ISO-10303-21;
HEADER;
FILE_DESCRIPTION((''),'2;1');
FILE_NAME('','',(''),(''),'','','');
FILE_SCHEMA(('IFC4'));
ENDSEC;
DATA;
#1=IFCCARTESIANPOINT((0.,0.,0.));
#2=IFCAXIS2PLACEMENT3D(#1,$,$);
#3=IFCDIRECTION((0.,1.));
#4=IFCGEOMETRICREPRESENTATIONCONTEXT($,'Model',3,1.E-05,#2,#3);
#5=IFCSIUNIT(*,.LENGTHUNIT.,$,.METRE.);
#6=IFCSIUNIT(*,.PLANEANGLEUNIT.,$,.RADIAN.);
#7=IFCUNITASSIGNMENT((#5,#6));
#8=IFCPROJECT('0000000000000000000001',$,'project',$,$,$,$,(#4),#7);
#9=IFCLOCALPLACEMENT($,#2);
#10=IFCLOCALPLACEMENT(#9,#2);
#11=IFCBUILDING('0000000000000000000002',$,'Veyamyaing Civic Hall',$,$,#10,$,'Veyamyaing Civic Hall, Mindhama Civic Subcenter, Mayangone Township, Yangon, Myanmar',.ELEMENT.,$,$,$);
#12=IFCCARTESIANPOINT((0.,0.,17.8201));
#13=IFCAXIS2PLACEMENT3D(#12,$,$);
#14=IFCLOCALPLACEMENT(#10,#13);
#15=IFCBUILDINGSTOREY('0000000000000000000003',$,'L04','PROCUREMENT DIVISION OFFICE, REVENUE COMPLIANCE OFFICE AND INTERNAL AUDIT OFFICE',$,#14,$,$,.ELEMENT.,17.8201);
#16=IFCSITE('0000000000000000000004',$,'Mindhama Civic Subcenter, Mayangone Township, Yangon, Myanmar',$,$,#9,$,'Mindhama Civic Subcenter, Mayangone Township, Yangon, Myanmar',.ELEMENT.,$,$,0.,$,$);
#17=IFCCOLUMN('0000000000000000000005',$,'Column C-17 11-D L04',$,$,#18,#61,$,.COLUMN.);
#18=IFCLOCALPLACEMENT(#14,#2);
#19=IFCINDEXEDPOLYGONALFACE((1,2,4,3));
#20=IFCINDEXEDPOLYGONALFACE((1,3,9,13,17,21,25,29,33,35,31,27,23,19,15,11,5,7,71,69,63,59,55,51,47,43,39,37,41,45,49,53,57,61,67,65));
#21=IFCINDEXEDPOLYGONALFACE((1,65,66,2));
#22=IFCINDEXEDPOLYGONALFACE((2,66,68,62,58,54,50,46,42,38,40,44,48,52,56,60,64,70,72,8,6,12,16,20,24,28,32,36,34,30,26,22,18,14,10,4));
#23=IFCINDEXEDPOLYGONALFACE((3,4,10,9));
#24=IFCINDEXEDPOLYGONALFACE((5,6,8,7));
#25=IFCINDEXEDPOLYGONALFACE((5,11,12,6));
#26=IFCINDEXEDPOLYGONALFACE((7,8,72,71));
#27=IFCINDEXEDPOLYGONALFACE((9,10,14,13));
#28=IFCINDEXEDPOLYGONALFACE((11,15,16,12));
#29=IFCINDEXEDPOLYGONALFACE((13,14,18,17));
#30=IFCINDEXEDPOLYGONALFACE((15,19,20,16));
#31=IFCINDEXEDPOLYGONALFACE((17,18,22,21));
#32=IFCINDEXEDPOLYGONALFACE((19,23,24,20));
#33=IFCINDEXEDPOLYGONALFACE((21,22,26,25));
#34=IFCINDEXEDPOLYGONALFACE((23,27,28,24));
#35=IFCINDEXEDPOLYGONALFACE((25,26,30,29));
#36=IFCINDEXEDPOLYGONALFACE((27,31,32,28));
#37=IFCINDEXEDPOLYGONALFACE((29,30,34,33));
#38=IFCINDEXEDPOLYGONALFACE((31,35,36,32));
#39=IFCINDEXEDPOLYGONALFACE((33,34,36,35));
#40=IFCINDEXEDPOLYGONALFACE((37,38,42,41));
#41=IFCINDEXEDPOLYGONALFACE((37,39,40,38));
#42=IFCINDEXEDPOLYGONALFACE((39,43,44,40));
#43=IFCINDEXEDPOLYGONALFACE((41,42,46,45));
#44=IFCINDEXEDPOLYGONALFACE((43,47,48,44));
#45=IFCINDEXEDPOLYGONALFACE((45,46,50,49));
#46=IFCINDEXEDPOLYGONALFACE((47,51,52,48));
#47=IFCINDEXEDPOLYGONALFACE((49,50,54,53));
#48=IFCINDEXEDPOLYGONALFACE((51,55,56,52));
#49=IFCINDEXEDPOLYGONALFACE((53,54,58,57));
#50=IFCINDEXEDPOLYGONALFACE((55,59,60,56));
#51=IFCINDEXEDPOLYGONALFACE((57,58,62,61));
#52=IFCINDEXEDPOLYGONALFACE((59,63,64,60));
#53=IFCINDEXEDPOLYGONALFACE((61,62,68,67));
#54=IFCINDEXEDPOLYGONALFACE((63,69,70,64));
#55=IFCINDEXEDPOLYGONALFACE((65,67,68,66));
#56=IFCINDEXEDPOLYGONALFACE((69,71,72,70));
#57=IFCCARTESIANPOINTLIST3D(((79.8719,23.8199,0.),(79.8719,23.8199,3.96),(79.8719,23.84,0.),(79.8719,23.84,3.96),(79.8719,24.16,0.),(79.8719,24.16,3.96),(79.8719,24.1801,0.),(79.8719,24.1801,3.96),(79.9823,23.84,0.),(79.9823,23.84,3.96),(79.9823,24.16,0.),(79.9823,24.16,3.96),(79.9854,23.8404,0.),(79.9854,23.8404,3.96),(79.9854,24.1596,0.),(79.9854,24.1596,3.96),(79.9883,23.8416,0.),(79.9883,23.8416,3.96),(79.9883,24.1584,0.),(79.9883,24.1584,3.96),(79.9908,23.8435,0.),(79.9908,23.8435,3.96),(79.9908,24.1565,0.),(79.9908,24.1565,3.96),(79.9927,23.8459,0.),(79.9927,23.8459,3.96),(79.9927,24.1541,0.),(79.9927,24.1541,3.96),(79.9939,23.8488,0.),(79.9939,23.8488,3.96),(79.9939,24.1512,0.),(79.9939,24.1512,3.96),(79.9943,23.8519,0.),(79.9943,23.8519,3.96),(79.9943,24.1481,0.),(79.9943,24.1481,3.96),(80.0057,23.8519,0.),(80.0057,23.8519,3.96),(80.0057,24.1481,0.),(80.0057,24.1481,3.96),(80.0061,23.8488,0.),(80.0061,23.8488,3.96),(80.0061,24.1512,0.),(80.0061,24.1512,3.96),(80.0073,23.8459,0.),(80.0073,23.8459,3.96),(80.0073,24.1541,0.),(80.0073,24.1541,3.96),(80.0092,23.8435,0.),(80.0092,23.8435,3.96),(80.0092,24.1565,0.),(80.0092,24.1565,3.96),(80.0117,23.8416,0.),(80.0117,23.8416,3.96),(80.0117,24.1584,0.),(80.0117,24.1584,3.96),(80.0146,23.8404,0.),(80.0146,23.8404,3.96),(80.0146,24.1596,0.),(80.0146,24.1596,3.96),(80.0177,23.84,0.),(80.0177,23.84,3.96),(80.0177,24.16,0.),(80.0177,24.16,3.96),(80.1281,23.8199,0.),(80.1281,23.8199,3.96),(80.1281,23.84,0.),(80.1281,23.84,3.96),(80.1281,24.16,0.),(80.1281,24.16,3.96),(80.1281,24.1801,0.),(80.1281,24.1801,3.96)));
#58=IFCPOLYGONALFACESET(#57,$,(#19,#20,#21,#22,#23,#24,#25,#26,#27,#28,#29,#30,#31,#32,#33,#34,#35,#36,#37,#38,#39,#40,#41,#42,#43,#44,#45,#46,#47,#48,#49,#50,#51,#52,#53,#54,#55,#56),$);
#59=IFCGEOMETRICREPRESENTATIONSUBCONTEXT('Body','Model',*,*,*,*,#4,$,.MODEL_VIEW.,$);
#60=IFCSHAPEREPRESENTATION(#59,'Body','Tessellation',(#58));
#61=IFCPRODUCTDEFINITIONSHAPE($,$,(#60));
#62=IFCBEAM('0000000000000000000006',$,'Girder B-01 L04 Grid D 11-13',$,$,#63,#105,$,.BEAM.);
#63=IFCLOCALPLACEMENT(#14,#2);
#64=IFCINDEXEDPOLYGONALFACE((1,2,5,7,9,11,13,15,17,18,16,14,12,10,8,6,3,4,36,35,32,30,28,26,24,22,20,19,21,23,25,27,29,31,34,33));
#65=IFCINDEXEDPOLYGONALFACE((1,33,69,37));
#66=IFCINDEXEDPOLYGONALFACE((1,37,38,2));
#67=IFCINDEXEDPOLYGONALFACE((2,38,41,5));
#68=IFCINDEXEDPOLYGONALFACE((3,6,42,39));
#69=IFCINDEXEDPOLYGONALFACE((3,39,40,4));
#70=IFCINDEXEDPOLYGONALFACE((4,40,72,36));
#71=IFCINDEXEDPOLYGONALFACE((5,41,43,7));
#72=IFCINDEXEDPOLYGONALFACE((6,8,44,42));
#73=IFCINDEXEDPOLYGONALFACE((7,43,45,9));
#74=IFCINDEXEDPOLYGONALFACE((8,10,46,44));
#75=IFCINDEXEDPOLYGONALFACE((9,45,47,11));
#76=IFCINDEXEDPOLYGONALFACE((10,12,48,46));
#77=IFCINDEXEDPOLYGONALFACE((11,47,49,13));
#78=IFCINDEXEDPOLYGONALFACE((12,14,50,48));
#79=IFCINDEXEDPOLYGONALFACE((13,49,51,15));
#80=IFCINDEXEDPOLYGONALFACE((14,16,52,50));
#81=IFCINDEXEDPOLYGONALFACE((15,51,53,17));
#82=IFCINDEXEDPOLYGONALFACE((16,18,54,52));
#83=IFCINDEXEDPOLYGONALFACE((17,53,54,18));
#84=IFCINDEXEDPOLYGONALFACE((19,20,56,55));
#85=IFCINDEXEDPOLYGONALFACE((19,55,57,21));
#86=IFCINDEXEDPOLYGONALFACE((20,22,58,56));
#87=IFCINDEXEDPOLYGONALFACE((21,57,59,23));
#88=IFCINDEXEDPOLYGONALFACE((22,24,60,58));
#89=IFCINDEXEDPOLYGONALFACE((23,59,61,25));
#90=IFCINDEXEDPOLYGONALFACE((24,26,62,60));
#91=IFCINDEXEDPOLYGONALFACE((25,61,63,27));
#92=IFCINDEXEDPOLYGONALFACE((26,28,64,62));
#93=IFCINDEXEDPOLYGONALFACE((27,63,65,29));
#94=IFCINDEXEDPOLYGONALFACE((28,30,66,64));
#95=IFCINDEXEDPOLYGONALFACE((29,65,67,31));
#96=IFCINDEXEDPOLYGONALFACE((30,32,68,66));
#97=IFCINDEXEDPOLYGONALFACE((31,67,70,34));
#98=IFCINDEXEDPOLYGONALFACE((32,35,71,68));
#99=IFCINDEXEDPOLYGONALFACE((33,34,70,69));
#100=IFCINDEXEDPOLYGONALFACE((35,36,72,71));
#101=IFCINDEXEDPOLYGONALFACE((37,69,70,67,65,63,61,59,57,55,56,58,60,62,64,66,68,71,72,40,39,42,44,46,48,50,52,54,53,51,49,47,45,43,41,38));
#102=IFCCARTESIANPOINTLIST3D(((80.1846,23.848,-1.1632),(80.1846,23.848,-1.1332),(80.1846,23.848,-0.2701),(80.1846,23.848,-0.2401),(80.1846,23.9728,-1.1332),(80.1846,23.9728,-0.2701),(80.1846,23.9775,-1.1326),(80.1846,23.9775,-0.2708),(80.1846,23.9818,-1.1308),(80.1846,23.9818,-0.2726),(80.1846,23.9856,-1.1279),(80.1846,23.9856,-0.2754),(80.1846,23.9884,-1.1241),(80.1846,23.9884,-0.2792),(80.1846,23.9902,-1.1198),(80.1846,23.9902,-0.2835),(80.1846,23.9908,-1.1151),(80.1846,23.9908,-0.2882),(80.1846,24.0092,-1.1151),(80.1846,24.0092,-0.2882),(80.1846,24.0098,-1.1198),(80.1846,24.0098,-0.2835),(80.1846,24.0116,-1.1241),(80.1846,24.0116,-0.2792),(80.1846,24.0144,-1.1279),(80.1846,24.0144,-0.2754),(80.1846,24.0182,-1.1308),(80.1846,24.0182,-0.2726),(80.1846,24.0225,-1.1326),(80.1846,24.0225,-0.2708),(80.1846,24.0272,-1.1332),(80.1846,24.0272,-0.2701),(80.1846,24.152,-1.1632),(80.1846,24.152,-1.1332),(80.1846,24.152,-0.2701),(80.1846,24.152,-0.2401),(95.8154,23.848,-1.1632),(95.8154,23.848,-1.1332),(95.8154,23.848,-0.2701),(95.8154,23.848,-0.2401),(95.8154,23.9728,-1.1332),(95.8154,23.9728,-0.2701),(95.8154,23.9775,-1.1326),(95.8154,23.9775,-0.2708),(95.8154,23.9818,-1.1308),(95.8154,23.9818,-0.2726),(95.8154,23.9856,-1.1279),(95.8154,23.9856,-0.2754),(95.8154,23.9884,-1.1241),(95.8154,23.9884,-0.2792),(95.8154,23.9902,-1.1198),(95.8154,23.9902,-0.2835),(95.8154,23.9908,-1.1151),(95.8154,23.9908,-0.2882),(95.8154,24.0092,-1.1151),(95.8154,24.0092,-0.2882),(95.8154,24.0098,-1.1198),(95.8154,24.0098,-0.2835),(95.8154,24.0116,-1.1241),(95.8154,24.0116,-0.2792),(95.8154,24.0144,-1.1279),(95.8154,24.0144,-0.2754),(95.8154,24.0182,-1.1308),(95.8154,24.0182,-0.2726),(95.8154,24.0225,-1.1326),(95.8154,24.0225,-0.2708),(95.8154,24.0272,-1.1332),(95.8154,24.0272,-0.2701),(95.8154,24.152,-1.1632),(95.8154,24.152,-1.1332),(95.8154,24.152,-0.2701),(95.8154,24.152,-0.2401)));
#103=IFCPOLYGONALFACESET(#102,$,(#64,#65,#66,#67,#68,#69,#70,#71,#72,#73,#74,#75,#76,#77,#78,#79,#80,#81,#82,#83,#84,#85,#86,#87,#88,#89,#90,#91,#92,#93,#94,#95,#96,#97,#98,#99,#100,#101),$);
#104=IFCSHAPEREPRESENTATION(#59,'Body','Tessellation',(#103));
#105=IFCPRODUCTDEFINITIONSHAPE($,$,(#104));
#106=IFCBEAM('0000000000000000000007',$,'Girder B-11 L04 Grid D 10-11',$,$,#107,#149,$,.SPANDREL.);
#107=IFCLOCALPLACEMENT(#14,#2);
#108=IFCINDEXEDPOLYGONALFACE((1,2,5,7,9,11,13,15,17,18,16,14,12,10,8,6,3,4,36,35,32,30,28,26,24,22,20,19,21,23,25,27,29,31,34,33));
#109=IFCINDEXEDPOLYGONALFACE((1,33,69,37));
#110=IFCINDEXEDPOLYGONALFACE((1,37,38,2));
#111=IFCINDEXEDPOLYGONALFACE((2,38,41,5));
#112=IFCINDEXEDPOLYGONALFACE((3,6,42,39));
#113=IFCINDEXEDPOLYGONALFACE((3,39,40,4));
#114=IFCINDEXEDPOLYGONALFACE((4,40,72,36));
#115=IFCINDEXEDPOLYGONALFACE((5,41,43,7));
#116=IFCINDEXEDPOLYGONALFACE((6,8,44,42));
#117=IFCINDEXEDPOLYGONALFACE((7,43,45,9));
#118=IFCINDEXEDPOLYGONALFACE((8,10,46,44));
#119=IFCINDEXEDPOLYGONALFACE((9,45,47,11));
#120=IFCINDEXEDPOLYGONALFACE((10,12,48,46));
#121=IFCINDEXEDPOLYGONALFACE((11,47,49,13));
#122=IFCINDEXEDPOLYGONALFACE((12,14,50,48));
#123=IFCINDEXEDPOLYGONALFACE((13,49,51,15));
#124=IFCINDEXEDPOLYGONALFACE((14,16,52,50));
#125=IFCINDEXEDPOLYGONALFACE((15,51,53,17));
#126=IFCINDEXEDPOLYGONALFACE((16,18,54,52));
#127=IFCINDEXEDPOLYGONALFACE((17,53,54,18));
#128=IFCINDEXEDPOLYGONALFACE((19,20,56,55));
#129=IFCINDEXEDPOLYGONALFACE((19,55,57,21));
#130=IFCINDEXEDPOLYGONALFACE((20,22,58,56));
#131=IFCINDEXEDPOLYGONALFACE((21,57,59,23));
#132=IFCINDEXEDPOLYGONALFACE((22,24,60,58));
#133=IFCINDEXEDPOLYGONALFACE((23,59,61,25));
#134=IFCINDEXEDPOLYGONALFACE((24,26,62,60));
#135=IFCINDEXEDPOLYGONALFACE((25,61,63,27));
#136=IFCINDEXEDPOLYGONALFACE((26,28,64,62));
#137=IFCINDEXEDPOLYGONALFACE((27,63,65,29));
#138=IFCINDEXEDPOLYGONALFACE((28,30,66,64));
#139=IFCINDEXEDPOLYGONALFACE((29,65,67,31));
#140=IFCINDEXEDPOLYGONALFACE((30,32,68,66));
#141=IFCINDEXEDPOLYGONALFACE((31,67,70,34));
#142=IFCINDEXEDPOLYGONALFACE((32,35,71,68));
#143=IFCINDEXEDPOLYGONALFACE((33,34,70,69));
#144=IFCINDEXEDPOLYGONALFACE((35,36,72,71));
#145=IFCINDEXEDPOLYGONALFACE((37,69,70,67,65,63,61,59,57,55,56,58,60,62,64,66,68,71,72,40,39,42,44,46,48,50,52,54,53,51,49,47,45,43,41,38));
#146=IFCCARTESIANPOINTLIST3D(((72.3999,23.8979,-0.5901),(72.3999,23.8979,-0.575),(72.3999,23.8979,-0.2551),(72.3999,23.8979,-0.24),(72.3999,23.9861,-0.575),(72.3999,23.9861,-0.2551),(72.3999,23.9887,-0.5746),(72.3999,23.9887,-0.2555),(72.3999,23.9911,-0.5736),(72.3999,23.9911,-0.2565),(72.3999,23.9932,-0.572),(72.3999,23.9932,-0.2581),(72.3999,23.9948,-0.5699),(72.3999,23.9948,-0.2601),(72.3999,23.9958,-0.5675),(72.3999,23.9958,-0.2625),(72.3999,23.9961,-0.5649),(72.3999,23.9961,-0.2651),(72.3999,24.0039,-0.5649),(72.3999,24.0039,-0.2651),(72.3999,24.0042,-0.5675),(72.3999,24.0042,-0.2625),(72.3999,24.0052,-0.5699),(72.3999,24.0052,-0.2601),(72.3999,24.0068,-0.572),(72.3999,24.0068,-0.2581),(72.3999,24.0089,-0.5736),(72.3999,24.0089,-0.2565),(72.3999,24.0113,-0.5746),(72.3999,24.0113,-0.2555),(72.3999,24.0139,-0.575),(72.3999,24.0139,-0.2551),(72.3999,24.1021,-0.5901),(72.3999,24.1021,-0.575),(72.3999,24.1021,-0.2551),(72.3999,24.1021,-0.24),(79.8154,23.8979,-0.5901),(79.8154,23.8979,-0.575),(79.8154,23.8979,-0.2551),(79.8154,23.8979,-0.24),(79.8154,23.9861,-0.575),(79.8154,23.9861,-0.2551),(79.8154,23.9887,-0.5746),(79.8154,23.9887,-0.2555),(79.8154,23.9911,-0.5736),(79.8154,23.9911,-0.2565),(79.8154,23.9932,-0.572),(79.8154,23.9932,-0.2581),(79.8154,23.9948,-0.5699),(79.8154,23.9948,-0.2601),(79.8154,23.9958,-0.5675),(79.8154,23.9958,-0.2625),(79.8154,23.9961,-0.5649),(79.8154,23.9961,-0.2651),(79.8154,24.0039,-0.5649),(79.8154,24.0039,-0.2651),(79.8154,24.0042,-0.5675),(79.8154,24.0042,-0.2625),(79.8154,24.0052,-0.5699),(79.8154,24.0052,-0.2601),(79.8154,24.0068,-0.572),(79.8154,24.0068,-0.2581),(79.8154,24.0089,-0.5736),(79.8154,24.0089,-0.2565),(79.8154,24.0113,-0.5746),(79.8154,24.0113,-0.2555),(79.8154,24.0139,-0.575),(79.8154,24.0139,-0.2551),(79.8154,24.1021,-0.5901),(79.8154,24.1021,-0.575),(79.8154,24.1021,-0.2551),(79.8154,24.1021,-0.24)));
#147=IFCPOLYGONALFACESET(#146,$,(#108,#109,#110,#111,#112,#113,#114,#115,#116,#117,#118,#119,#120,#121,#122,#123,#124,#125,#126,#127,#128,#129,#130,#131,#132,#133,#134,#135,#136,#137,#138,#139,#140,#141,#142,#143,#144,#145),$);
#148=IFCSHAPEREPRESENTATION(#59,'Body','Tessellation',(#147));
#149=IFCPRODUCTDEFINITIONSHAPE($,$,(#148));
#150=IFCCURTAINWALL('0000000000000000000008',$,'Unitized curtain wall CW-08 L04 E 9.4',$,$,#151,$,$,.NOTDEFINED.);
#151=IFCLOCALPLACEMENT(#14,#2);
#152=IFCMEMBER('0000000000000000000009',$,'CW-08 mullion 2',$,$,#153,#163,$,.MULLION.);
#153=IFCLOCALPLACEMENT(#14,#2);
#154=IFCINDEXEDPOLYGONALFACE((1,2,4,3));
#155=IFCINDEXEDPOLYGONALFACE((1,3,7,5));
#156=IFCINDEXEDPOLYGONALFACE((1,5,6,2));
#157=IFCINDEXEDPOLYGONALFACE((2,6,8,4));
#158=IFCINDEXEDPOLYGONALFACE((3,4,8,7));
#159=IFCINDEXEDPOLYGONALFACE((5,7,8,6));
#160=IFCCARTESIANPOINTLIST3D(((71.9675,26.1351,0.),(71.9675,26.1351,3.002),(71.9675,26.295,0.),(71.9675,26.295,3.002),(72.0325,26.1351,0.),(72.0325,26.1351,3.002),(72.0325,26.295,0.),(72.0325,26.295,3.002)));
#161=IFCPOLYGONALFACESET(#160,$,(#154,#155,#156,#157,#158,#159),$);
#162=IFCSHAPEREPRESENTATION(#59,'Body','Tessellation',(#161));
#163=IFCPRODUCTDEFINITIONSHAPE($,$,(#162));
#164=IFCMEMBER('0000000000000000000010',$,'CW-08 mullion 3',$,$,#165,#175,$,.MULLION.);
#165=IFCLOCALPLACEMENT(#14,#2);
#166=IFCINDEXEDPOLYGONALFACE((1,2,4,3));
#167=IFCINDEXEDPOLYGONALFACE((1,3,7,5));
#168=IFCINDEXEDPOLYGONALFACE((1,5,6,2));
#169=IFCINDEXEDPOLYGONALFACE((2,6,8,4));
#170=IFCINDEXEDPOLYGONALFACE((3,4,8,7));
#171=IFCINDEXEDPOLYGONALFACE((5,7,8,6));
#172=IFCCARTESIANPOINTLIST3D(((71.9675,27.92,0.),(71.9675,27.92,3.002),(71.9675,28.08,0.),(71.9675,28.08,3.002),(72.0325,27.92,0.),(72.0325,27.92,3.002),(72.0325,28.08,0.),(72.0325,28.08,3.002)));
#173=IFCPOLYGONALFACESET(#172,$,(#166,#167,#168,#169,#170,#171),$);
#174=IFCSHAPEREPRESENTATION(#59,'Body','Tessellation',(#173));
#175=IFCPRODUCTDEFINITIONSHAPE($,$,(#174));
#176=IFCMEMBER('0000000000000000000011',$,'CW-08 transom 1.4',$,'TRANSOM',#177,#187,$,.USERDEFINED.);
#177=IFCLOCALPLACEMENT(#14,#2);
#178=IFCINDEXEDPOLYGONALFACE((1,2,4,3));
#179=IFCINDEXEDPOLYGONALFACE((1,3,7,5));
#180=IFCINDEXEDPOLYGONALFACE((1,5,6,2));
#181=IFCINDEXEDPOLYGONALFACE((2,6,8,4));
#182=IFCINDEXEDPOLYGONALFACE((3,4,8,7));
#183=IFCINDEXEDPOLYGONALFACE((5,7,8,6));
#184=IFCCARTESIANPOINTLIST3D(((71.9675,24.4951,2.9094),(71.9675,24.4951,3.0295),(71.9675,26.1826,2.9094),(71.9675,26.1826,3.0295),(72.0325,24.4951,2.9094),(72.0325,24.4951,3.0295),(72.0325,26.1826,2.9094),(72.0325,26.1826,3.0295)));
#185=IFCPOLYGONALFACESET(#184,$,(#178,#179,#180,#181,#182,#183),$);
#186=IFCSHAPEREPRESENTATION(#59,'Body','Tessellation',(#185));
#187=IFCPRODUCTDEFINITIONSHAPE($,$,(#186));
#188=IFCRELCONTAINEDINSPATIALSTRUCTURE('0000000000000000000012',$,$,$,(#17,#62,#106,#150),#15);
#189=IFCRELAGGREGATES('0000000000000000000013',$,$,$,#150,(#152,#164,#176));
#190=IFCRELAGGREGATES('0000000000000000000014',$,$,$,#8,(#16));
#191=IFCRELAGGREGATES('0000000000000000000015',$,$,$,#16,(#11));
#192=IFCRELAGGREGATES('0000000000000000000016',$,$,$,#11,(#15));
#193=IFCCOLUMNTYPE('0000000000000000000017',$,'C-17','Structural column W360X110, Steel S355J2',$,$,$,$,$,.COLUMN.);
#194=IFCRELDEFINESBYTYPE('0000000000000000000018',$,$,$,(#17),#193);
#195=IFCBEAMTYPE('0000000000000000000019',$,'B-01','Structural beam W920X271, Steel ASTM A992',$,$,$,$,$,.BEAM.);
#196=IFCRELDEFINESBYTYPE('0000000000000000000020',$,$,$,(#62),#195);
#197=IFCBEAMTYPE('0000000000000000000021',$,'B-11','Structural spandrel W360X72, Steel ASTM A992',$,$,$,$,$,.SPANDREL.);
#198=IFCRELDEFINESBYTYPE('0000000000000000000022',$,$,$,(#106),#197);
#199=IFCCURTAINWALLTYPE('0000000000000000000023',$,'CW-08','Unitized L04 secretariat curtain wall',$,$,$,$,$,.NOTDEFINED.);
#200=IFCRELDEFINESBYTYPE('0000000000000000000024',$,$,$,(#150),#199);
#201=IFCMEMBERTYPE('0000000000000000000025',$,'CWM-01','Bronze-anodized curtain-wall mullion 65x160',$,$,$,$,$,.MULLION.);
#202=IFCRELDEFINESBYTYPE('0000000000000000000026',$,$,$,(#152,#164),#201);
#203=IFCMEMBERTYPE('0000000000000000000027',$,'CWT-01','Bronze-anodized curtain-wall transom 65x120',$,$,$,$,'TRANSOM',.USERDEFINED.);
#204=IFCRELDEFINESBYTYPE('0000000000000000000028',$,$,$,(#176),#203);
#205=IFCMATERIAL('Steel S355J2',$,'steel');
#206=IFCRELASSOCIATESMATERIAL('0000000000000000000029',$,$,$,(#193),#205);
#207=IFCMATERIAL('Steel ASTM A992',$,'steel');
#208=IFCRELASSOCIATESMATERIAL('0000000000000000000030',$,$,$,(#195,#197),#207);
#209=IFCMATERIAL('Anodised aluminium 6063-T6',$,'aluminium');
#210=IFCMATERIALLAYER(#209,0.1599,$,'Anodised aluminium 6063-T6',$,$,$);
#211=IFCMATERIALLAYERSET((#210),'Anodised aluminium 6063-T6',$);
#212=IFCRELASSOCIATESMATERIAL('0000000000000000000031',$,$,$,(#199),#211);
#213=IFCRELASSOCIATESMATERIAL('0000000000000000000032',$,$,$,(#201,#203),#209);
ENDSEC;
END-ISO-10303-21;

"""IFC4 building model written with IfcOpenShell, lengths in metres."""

from ifc_helpers import new_model, si_unit, direction, frame, origin, origin_2d, place, context, subcontext, project, spatial, rectangle, i_section, extrude, material, layer, layer_set, material_profile, profile_set, type_object, element, aggregate, save


model = new_model("IFC4")

# Units and contexts
model_context = context("Model", 3, precision=1e-05, world=origin(), true_north=direction((0.0, 1.0)))
body_context = subcontext(model_context, "Body", "Model", "MODEL_VIEW")
ifc_project = project(units=[si_unit("LENGTHUNIT", "METRE"), si_unit("PLANEANGLEUNIT", "RADIAN")], contexts=[model_context])

# Site, building, storey
site_placement = place(None, origin())
site = spatial("IfcSite", under=ifc_project, at=site_placement, Name="Mindhama Civic Subcenter, Mayangone Township, Yangon, Myanmar", LongName="Mindhama Civic Subcenter, Mayangone Township, Yangon, Myanmar", CompositionType="ELEMENT", RefElevation=0.0)
building_placement = place(site_placement, origin())
building = spatial("IfcBuilding", under=site, at=building_placement, Name="Veyamyaing Civic Hall", LongName="Veyamyaing Civic Hall, Mindhama Civic Subcenter, Mayangone Township, Yangon, Myanmar", CompositionType="ELEMENT")
storey_placement = place(building_placement, frame((0.0, 0.0, 17.8201)))
storey = spatial("IfcBuildingStorey", under=building, at=storey_placement, Name="L04", Description="PROCUREMENT DIVISION OFFICE, REVENUE COMPLIANCE OFFICE AND INTERNAL AUDIT OFFICE", CompositionType="ELEMENT", Elevation=17.8201)

# Column
ifc_material_1 = material(Name="Steel S355J2", Category="steel")
ifc_material_profile_1 = material_profile(ifc_material_1, i_section(OverallWidth=0.2561, OverallDepth=0.3601, WebThickness=0.0115, FlangeThickness=0.02, FilletRadius=0.012, at=origin_2d()), Name="W360X110")
ifc_profile_set_1 = profile_set([ifc_material_profile_1], Name="Steel S355J2")
column_type = type_object("IfcColumnType", Name="C-17", Description="Structural column W360X110, Steel S355J2", PredefinedType="COLUMN", material=ifc_profile_set_1)
column_placement = place(storey_placement, frame((80.0, 24.0, 0.0), z_axis=(0.0, 0.0, 1.0), x_axis=(1.0, 0.0, 0.0)))
element("IfcColumn", 1, at=column_placement, inside=storey, type_object=column_type, Name="Column C-17 11-D L04", PredefinedType="COLUMN", context=body_context, shape_type="SweptSolid", body=[
    extrude(i_section(OverallWidth=0.2561, OverallDepth=0.3601, WebThickness=0.0115, FlangeThickness=0.02, FilletRadius=0.012, at=origin_2d()), origin(), (0.0, 0.0, 1.0), 3.96),
])

# Beams
ifc_material_2 = material(Name="Steel ASTM A992", Category="steel")
ifc_material_profile_2 = material_profile(ifc_material_2, i_section(OverallWidth=0.304, OverallDepth=0.9231, WebThickness=0.0183, FlangeThickness=0.03, FilletRadius=0.0181, at=origin_2d()), Name="W920X271")
ifc_profile_set_2 = profile_set([ifc_material_profile_2], Name="Steel ASTM A992")
beam_type_1 = type_object("IfcBeamType", Name="B-01", Description="Structural beam W920X271, Steel ASTM A992", PredefinedType="BEAM", material=ifc_profile_set_2)
beam_1_placement = place(storey_placement, frame((80.1846, 24.0, -0.7017), z_axis=(1.0, 0.0, 0.0), x_axis=(0.0, 1.0, 0.0)))
element("IfcBeam", 2, at=beam_1_placement, inside=storey, type_object=beam_type_1, Name="Girder B-01 L04 Grid D 11-13", PredefinedType="BEAM", context=body_context, shape_type="SweptSolid", body=[
    extrude(i_section(OverallWidth=0.304, OverallDepth=0.9231, WebThickness=0.0183, FlangeThickness=0.03, FilletRadius=0.0181, at=origin_2d()), origin(), (0.0, 0.0, 1.0), 15.6309),
])
ifc_material_profile_3 = material_profile(ifc_material_2, i_section(OverallWidth=0.2041, OverallDepth=0.3501, WebThickness=0.0078, FlangeThickness=0.0151, FilletRadius=0.01, at=origin_2d()), Name="W360X72")
ifc_profile_set_3 = profile_set([ifc_material_profile_3], Name="Steel ASTM A992")
beam_type_2 = type_object("IfcBeamType", Name="B-11", Description="Structural spandrel W360X72, Steel ASTM A992", PredefinedType="SPANDREL", material=ifc_profile_set_3)
beam_2_placement = place(storey_placement, frame((72.3999, 24.0, -0.415), z_axis=(1.0, 0.0, 0.0), x_axis=(0.0, 1.0, 0.0)))
element("IfcBeam", 3, at=beam_2_placement, inside=storey, type_object=beam_type_2, Name="Girder B-11 L04 Grid D 10-11", PredefinedType="SPANDREL", context=body_context, shape_type="SweptSolid", body=[
    extrude(i_section(OverallWidth=0.2041, OverallDepth=0.3501, WebThickness=0.0078, FlangeThickness=0.0151, FilletRadius=0.01, at=origin_2d()), origin(), (0.0, 0.0, 1.0), 7.4155),
])

# Curtain wall, members
ifc_material_3 = material(Name="Anodised aluminium 6063-T6", Category="aluminium")
ifc_layer_1 = layer(ifc_material_3, 0.1599, Name="Anodised aluminium 6063-T6")
ifc_layer_set_1 = layer_set([ifc_layer_1], Name="Anodised aluminium 6063-T6")
curtain_wall_type = type_object("IfcCurtainWallType", Name="CW-08", Description="Unitized L04 secretariat curtain wall", PredefinedType="NOTDEFINED", material=ifc_layer_set_1)
curtain_wall_placement = place(storey_placement, origin())
curtain_wall = element("IfcCurtainWall", 4, at=curtain_wall_placement, inside=storey, type_object=curtain_wall_type, Name="Unitized curtain wall CW-08 L04 E 9.4", PredefinedType="NOTDEFINED")
ifc_material_profile_4 = material_profile(ifc_material_3, rectangle(XDim=0.0649, YDim=0.1599, at=origin_2d()), Name="ALU-MUL-65X160")
ifc_profile_set_4 = profile_set([ifc_material_profile_4], Name="Anodised aluminium 6063-T6")
member_type_1 = type_object("IfcMemberType", Name="CWM-01", Description="Bronze-anodized curtain-wall mullion 65x160", PredefinedType="MULLION", material=ifc_profile_set_4)
member_1_placement = place(storey_placement, frame((72.0, 26.2151, 0.0), z_axis=(0.0, 0.0, 1.0), x_axis=(-1.0, 0.0, 0.0)))
member_1 = element("IfcMember", 5, at=member_1_placement, type_object=member_type_1, Name="CW-08 mullion 2", PredefinedType="MULLION", context=body_context, shape_type="SweptSolid", body=[
    extrude(rectangle(XDim=0.0649, YDim=0.1599, at=origin_2d()), origin(), (0.0, 0.0, 1.0), 3.002),
])
member_2_placement = place(storey_placement, frame((72.0, 28.0, 0.0), z_axis=(0.0, 0.0, 1.0), x_axis=(-1.0, 0.0, 0.0)))
member_2 = element("IfcMember", 6, at=member_2_placement, type_object=member_type_1, Name="CW-08 mullion 3", PredefinedType="MULLION", context=body_context, shape_type="SweptSolid", body=[
    extrude(rectangle(XDim=0.0649, YDim=0.1599, at=origin_2d()), origin(), (0.0, 0.0, 1.0), 3.002),
])
ifc_material_profile_5 = material_profile(ifc_material_3, rectangle(XDim=0.0649, YDim=0.1201, at=origin_2d()), Name="ALU-TRN-65X120")
ifc_profile_set_5 = profile_set([ifc_material_profile_5], Name="Anodised aluminium 6063-T6")
member_type_2 = type_object("IfcMemberType", Name="CWT-01", Description="Bronze-anodized curtain-wall transom 65x120", ElementType="TRANSOM", PredefinedType="USERDEFINED", material=ifc_profile_set_5)
member_3_placement = place(storey_placement, frame((72.0, 24.4951, 2.9695), z_axis=(0.0, 1.0, 0.0), x_axis=(-1.0, 0.0, 0.0)))
member_3 = element("IfcMember", 7, at=member_3_placement, type_object=member_type_2, Name="CW-08 transom 1.4", ObjectType="TRANSOM", PredefinedType="USERDEFINED", context=body_context, shape_type="SweptSolid", body=[
    extrude(rectangle(XDim=0.0649, YDim=0.1201, at=origin_2d()), origin(), (0.0, 0.0, 1.0), 1.6875),
])

aggregate(curtain_wall, [member_1, member_2, member_3])

save(model, "model.ifc")
